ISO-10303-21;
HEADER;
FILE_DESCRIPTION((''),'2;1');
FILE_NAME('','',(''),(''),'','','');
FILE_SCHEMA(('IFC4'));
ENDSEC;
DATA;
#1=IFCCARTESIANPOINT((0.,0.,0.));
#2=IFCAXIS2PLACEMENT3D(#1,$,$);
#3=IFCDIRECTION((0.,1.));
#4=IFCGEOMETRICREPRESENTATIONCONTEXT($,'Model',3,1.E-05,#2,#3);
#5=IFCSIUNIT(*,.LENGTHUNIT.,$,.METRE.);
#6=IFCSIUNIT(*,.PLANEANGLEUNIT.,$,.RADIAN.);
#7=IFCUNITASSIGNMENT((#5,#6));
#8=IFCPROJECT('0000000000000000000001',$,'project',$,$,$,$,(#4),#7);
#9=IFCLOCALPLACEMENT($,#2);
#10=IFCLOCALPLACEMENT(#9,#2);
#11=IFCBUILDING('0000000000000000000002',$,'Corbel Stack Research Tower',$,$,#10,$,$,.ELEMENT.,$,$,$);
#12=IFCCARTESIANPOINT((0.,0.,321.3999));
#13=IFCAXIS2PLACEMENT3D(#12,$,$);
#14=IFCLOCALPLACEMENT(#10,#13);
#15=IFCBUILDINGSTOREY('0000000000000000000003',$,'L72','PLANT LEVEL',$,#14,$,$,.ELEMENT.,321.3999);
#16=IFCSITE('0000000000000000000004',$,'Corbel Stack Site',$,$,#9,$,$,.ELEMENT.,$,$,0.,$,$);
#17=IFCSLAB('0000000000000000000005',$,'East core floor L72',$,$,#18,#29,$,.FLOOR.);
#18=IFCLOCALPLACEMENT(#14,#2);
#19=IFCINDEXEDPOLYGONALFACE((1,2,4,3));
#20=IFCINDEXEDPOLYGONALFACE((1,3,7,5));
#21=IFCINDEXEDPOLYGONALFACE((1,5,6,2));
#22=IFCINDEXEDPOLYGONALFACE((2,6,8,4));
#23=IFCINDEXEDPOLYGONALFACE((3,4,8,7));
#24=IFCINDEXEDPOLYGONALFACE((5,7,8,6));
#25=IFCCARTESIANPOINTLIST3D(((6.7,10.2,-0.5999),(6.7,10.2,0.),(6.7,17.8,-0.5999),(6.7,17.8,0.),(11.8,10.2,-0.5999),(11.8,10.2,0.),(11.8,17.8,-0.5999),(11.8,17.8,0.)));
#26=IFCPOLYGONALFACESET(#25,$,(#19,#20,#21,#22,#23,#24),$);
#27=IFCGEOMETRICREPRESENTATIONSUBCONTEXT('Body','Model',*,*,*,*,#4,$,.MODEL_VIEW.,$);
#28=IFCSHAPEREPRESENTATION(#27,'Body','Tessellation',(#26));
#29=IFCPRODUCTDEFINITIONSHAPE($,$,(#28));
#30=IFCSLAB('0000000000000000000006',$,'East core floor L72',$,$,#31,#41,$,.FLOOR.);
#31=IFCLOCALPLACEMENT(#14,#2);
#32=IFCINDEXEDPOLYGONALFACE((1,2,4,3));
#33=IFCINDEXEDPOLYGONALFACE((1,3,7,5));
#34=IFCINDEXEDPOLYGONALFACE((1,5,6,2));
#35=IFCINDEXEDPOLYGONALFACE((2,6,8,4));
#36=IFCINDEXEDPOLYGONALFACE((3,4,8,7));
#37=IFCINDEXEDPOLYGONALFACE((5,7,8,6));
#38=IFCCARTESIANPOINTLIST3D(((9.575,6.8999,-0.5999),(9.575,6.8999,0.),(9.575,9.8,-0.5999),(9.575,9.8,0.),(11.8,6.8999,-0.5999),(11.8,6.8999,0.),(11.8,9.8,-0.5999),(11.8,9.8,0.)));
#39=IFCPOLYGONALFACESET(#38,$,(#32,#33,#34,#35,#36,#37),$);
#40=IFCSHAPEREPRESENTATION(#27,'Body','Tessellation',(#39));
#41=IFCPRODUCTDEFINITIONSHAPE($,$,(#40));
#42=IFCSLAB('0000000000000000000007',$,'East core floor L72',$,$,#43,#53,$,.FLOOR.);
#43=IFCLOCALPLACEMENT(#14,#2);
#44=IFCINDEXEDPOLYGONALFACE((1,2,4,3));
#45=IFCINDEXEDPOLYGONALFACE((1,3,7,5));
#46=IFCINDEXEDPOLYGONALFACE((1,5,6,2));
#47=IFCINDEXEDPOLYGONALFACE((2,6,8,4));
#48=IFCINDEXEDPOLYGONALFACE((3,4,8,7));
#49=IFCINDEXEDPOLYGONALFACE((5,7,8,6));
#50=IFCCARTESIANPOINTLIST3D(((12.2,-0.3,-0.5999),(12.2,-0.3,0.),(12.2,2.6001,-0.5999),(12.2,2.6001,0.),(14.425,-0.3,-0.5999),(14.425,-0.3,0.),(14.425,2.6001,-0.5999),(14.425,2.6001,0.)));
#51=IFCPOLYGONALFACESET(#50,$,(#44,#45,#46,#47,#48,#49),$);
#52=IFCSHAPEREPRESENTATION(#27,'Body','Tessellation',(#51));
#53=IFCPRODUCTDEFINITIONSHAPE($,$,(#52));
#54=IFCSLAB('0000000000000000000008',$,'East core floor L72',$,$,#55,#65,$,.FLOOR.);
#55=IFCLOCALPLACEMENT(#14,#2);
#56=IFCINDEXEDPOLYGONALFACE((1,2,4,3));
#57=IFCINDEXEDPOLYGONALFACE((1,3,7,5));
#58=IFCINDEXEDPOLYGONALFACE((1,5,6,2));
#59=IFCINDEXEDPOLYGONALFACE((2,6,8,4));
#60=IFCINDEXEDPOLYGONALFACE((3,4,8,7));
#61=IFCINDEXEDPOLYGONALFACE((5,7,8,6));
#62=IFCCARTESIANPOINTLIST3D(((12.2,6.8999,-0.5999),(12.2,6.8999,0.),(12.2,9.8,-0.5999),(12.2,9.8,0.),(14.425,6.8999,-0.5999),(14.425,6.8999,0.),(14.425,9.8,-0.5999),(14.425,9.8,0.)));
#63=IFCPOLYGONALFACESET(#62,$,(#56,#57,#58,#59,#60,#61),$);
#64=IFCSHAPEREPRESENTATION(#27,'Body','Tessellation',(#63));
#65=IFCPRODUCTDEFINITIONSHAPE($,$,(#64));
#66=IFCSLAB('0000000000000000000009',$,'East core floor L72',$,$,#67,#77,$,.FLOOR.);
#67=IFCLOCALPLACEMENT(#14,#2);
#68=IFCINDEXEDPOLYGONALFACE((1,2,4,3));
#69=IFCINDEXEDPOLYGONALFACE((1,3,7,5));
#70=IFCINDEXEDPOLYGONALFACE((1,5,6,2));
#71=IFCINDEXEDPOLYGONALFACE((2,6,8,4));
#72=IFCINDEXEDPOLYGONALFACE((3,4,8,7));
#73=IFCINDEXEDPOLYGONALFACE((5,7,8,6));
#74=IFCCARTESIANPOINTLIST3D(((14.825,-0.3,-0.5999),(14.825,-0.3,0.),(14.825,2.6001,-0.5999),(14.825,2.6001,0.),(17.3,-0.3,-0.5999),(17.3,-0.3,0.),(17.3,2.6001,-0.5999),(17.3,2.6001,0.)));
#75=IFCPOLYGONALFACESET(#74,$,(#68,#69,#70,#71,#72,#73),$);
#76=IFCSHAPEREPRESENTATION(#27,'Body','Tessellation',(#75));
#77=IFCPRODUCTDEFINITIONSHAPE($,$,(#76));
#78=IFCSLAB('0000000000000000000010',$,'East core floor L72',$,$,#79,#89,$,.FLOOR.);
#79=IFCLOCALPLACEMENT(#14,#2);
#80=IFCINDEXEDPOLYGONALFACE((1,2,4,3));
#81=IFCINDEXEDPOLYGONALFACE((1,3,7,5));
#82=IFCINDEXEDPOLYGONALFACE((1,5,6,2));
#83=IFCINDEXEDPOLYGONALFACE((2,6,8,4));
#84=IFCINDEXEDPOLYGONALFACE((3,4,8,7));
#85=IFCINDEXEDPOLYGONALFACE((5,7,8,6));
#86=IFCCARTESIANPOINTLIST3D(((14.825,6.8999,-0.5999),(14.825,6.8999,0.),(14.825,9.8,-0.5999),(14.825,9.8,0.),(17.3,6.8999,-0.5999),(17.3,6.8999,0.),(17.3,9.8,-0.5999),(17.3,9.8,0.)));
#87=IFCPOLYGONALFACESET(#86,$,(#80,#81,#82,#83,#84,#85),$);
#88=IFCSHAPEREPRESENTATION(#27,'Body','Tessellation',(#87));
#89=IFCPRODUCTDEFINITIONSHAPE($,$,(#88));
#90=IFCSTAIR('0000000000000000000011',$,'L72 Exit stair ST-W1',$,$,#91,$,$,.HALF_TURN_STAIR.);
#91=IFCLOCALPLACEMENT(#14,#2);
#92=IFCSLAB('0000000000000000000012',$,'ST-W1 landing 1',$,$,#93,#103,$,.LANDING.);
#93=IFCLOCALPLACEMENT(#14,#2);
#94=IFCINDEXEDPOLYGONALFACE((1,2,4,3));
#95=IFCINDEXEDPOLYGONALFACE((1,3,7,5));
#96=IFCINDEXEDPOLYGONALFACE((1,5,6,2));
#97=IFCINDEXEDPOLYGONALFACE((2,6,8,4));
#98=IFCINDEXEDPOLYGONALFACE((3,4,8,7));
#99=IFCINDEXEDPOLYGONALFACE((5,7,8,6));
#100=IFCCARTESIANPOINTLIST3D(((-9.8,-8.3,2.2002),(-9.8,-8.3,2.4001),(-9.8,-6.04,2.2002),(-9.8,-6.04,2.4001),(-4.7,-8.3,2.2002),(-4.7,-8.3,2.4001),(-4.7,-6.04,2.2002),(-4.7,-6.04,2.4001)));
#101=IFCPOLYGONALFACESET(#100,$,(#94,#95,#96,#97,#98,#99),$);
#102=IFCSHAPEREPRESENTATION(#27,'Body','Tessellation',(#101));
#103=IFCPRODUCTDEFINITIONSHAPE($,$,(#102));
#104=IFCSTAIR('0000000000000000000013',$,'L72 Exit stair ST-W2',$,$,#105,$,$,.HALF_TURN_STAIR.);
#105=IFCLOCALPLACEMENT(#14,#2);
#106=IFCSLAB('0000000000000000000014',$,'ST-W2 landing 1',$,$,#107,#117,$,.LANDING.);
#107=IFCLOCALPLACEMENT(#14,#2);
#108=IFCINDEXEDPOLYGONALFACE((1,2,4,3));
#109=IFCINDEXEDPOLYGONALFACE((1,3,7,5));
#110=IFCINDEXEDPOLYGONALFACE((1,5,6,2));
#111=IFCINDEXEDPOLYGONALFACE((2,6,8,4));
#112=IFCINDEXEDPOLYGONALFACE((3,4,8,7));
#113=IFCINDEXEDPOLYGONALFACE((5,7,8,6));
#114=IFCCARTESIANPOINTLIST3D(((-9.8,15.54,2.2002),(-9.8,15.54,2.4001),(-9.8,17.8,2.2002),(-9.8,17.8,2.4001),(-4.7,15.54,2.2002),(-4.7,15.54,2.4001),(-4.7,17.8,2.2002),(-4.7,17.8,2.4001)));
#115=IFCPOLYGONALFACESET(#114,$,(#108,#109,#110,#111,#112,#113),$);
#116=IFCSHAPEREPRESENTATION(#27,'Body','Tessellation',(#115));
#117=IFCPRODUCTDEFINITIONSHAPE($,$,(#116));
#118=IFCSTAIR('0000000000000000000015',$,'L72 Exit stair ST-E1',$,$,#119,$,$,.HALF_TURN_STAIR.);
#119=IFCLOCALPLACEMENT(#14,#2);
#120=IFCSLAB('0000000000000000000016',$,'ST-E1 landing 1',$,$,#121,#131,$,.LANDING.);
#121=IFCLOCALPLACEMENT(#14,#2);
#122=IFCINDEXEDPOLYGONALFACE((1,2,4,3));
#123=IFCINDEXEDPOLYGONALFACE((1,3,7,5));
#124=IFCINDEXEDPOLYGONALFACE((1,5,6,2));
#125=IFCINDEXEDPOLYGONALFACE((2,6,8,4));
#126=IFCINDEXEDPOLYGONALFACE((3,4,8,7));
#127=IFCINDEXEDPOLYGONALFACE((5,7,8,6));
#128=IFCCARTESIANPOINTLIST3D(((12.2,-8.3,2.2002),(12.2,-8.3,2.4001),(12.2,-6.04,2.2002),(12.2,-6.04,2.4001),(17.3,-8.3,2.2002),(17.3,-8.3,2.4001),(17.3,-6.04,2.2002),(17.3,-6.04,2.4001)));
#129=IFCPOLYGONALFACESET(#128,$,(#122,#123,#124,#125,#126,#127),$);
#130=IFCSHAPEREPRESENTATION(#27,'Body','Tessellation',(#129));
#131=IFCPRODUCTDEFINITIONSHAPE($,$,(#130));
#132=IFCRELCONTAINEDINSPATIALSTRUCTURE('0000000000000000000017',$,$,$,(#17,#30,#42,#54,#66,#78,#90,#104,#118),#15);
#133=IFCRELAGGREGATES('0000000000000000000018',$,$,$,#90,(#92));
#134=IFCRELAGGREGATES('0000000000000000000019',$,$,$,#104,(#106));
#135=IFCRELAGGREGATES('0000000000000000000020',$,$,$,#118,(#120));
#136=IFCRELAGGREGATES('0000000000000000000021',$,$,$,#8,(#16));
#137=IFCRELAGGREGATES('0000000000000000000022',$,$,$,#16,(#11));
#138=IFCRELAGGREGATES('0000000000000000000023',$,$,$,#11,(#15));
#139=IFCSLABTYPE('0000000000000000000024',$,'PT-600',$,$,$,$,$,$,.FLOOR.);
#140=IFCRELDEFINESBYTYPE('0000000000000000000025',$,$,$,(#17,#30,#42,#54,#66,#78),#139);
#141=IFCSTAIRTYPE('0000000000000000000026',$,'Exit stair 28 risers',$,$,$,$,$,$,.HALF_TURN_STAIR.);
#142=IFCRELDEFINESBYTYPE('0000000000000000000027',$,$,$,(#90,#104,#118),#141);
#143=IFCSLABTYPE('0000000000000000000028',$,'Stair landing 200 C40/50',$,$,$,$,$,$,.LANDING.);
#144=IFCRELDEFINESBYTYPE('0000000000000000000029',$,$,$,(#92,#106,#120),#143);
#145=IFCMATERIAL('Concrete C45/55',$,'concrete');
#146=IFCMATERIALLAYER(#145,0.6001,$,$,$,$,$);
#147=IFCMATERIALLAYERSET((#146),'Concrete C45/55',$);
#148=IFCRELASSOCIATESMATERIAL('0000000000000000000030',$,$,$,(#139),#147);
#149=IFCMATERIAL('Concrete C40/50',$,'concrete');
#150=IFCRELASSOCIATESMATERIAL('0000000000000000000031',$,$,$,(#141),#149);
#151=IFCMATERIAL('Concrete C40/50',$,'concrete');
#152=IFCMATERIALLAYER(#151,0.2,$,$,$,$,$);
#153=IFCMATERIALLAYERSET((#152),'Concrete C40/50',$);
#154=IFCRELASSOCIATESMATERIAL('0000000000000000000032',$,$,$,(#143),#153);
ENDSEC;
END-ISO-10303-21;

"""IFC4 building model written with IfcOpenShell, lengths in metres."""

from ifc_helpers import new_model, si_unit, direction, frame, origin, place, context, subcontext, project, spatial, polyline, outline, extrude, material, layer, layer_set, type_object, element, aggregate, save


model = new_model("IFC4")

# Units and contexts
model_context = context("Model", 3, precision=1e-05, world=origin(), true_north=direction((0.0, 1.0)))
body_context = subcontext(model_context, "Body", "Model", "MODEL_VIEW")
ifc_project = project(units=[si_unit("LENGTHUNIT", "METRE"), si_unit("PLANEANGLEUNIT", "RADIAN")], contexts=[model_context])

# Site, building, storey
site_placement = place(None, origin())
site = spatial("IfcSite", under=ifc_project, at=site_placement, Name="Corbel Stack Site", CompositionType="ELEMENT", RefElevation=0.0)
building_placement = place(site_placement, origin())
building = spatial("IfcBuilding", under=site, at=building_placement, Name="Corbel Stack Research Tower", CompositionType="ELEMENT")
storey_placement = place(building_placement, frame((0.0, 0.0, 321.3999)))
storey = spatial("IfcBuildingStorey", under=building, at=storey_placement, Name="L72", Description="PLANT LEVEL", CompositionType="ELEMENT", Elevation=321.3999)

# Slabs
ifc_material_1 = material(Name="Concrete C45/55", Category="concrete")
ifc_layer_1 = layer(ifc_material_1, 0.6001)
ifc_layer_set_1 = layer_set([ifc_layer_1], Name="Concrete C45/55")
slab_type_1 = type_object("IfcSlabType", Name="PT-600", PredefinedType="FLOOR", material=ifc_layer_set_1)
slab_1_placement = place(storey_placement, frame((0.0, 0.0, -0.5999)))
element("IfcSlab", 1, at=slab_1_placement, inside=storey, type_object=slab_type_1, Name="East core floor L72", PredefinedType="FLOOR", context=body_context, shape_type="SweptSolid", body=[
    extrude(outline(polyline([(6.7, 10.2), (11.8, 10.2), (11.8, 17.8), (6.7, 17.8), (6.7, 10.2)])), origin(), (0.0, 0.0, 1.0), 0.5999),
])
slab_2_placement = place(storey_placement, frame((0.0, 0.0, -0.5999)))
element("IfcSlab", 2, at=slab_2_placement, inside=storey, type_object=slab_type_1, Name="East core floor L72", PredefinedType="FLOOR", context=body_context, shape_type="SweptSolid", body=[
    extrude(outline(polyline([(9.575, 6.8999), (11.8, 6.8999), (11.8, 9.8), (9.575, 9.8), (9.575, 6.8999)])), origin(), (0.0, 0.0, 1.0), 0.5999),
])
slab_3_placement = place(storey_placement, frame((0.0, 0.0, -0.5999)))
element("IfcSlab", 3, at=slab_3_placement, inside=storey, type_object=slab_type_1, Name="East core floor L72", PredefinedType="FLOOR", context=body_context, shape_type="SweptSolid", body=[
    extrude(outline(polyline([(12.2, 2.6001), (12.2, -0.3), (14.425, -0.3), (14.425, 2.6001), (12.2, 2.6001)])), origin(), (0.0, 0.0, 1.0), 0.5999),
])
slab_4_placement = place(storey_placement, frame((0.0, 0.0, -0.5999)))
element("IfcSlab", 4, at=slab_4_placement, inside=storey, type_object=slab_type_1, Name="East core floor L72", PredefinedType="FLOOR", context=body_context, shape_type="SweptSolid", body=[
    extrude(outline(polyline([(14.425, 6.8999), (14.425, 9.8), (12.2, 9.8), (12.2, 6.8999), (14.425, 6.8999)])), origin(), (0.0, 0.0, 1.0), 0.5999),
])
slab_5_placement = place(storey_placement, frame((0.0, 0.0, -0.5999)))
element("IfcSlab", 5, at=slab_5_placement, inside=storey, type_object=slab_type_1, Name="East core floor L72", PredefinedType="FLOOR", context=body_context, shape_type="SweptSolid", body=[
    extrude(outline(polyline([(14.825, 2.6001), (14.825, -0.3), (17.3, -0.3), (17.3, 2.6001), (14.825, 2.6001)])), origin(), (0.0, 0.0, 1.0), 0.5999),
])
slab_6_placement = place(storey_placement, frame((0.0, 0.0, -0.5999)))
element("IfcSlab", 6, at=slab_6_placement, inside=storey, type_object=slab_type_1, Name="East core floor L72", PredefinedType="FLOOR", context=body_context, shape_type="SweptSolid", body=[
    extrude(outline(polyline([(17.3, 6.8999), (17.3, 9.8), (14.825, 9.8), (14.825, 6.8999), (17.3, 6.8999)])), origin(), (0.0, 0.0, 1.0), 0.5999),
])

# Stairs, slabs
ifc_material_2 = material(Name="Concrete C40/50", Category="concrete")
stair_type = type_object("IfcStairType", Name="Exit stair 28 risers", PredefinedType="HALF_TURN_STAIR", material=ifc_material_2)
stair_1_placement = place(storey_placement, origin())
stair_1 = element("IfcStair", 7, at=stair_1_placement, inside=storey, type_object=stair_type, Name="L72 Exit stair ST-W1", PredefinedType="HALF_TURN_STAIR")
ifc_material_3 = material(Name="Concrete C40/50", Category="concrete")
ifc_layer_2 = layer(ifc_material_3, 0.2)
ifc_layer_set_2 = layer_set([ifc_layer_2], Name="Concrete C40/50")
slab_type_2 = type_object("IfcSlabType", Name="Stair landing 200 C40/50", PredefinedType="LANDING", material=ifc_layer_set_2)
slab_7_placement = place(storey_placement, frame((0.0, 0.0, 2.2002)))
slab_7 = element("IfcSlab", 8, at=slab_7_placement, type_object=slab_type_2, Name="ST-W1 landing 1", PredefinedType="LANDING", context=body_context, shape_type="SweptSolid", body=[
    extrude(outline(polyline([(-9.8, -8.3), (-9.8, -6.04), (-4.7, -6.04), (-4.7, -8.3), (-9.8, -8.3)])), origin(), (0.0, 0.0, 1.0), 0.2),
])
aggregate(stair_1, [slab_7])
stair_2_placement = place(storey_placement, origin())
stair_2 = element("IfcStair", 9, at=stair_2_placement, inside=storey, type_object=stair_type, Name="L72 Exit stair ST-W2", PredefinedType="HALF_TURN_STAIR")
slab_8_placement = place(storey_placement, frame((0.0, 0.0, 2.2002)))
slab_8 = element("IfcSlab", 10, at=slab_8_placement, type_object=slab_type_2, Name="ST-W2 landing 1", PredefinedType="LANDING", context=body_context, shape_type="SweptSolid", body=[
    extrude(outline(polyline([(-9.8, 15.54), (-9.8, 17.8), (-4.7, 17.8), (-4.7, 15.54), (-9.8, 15.54)])), origin(), (0.0, 0.0, 1.0), 0.2),
])
aggregate(stair_2, [slab_8])
stair_3_placement = place(storey_placement, origin())
stair_3 = element("IfcStair", 11, at=stair_3_placement, inside=storey, type_object=stair_type, Name="L72 Exit stair ST-E1", PredefinedType="HALF_TURN_STAIR")
slab_9_placement = place(storey_placement, frame((0.0, 0.0, 2.2002)))
slab_9 = element("IfcSlab", 12, at=slab_9_placement, type_object=slab_type_2, Name="ST-E1 landing 1", PredefinedType="LANDING", context=body_context, shape_type="SweptSolid", body=[
    extrude(outline(polyline([(12.2, -8.3), (12.2, -6.04), (17.3, -6.04), (17.3, -8.3), (12.2, -8.3)])), origin(), (0.0, 0.0, 1.0), 0.2),
])
aggregate(stair_3, [slab_9])

save(model, "model.ifc")
